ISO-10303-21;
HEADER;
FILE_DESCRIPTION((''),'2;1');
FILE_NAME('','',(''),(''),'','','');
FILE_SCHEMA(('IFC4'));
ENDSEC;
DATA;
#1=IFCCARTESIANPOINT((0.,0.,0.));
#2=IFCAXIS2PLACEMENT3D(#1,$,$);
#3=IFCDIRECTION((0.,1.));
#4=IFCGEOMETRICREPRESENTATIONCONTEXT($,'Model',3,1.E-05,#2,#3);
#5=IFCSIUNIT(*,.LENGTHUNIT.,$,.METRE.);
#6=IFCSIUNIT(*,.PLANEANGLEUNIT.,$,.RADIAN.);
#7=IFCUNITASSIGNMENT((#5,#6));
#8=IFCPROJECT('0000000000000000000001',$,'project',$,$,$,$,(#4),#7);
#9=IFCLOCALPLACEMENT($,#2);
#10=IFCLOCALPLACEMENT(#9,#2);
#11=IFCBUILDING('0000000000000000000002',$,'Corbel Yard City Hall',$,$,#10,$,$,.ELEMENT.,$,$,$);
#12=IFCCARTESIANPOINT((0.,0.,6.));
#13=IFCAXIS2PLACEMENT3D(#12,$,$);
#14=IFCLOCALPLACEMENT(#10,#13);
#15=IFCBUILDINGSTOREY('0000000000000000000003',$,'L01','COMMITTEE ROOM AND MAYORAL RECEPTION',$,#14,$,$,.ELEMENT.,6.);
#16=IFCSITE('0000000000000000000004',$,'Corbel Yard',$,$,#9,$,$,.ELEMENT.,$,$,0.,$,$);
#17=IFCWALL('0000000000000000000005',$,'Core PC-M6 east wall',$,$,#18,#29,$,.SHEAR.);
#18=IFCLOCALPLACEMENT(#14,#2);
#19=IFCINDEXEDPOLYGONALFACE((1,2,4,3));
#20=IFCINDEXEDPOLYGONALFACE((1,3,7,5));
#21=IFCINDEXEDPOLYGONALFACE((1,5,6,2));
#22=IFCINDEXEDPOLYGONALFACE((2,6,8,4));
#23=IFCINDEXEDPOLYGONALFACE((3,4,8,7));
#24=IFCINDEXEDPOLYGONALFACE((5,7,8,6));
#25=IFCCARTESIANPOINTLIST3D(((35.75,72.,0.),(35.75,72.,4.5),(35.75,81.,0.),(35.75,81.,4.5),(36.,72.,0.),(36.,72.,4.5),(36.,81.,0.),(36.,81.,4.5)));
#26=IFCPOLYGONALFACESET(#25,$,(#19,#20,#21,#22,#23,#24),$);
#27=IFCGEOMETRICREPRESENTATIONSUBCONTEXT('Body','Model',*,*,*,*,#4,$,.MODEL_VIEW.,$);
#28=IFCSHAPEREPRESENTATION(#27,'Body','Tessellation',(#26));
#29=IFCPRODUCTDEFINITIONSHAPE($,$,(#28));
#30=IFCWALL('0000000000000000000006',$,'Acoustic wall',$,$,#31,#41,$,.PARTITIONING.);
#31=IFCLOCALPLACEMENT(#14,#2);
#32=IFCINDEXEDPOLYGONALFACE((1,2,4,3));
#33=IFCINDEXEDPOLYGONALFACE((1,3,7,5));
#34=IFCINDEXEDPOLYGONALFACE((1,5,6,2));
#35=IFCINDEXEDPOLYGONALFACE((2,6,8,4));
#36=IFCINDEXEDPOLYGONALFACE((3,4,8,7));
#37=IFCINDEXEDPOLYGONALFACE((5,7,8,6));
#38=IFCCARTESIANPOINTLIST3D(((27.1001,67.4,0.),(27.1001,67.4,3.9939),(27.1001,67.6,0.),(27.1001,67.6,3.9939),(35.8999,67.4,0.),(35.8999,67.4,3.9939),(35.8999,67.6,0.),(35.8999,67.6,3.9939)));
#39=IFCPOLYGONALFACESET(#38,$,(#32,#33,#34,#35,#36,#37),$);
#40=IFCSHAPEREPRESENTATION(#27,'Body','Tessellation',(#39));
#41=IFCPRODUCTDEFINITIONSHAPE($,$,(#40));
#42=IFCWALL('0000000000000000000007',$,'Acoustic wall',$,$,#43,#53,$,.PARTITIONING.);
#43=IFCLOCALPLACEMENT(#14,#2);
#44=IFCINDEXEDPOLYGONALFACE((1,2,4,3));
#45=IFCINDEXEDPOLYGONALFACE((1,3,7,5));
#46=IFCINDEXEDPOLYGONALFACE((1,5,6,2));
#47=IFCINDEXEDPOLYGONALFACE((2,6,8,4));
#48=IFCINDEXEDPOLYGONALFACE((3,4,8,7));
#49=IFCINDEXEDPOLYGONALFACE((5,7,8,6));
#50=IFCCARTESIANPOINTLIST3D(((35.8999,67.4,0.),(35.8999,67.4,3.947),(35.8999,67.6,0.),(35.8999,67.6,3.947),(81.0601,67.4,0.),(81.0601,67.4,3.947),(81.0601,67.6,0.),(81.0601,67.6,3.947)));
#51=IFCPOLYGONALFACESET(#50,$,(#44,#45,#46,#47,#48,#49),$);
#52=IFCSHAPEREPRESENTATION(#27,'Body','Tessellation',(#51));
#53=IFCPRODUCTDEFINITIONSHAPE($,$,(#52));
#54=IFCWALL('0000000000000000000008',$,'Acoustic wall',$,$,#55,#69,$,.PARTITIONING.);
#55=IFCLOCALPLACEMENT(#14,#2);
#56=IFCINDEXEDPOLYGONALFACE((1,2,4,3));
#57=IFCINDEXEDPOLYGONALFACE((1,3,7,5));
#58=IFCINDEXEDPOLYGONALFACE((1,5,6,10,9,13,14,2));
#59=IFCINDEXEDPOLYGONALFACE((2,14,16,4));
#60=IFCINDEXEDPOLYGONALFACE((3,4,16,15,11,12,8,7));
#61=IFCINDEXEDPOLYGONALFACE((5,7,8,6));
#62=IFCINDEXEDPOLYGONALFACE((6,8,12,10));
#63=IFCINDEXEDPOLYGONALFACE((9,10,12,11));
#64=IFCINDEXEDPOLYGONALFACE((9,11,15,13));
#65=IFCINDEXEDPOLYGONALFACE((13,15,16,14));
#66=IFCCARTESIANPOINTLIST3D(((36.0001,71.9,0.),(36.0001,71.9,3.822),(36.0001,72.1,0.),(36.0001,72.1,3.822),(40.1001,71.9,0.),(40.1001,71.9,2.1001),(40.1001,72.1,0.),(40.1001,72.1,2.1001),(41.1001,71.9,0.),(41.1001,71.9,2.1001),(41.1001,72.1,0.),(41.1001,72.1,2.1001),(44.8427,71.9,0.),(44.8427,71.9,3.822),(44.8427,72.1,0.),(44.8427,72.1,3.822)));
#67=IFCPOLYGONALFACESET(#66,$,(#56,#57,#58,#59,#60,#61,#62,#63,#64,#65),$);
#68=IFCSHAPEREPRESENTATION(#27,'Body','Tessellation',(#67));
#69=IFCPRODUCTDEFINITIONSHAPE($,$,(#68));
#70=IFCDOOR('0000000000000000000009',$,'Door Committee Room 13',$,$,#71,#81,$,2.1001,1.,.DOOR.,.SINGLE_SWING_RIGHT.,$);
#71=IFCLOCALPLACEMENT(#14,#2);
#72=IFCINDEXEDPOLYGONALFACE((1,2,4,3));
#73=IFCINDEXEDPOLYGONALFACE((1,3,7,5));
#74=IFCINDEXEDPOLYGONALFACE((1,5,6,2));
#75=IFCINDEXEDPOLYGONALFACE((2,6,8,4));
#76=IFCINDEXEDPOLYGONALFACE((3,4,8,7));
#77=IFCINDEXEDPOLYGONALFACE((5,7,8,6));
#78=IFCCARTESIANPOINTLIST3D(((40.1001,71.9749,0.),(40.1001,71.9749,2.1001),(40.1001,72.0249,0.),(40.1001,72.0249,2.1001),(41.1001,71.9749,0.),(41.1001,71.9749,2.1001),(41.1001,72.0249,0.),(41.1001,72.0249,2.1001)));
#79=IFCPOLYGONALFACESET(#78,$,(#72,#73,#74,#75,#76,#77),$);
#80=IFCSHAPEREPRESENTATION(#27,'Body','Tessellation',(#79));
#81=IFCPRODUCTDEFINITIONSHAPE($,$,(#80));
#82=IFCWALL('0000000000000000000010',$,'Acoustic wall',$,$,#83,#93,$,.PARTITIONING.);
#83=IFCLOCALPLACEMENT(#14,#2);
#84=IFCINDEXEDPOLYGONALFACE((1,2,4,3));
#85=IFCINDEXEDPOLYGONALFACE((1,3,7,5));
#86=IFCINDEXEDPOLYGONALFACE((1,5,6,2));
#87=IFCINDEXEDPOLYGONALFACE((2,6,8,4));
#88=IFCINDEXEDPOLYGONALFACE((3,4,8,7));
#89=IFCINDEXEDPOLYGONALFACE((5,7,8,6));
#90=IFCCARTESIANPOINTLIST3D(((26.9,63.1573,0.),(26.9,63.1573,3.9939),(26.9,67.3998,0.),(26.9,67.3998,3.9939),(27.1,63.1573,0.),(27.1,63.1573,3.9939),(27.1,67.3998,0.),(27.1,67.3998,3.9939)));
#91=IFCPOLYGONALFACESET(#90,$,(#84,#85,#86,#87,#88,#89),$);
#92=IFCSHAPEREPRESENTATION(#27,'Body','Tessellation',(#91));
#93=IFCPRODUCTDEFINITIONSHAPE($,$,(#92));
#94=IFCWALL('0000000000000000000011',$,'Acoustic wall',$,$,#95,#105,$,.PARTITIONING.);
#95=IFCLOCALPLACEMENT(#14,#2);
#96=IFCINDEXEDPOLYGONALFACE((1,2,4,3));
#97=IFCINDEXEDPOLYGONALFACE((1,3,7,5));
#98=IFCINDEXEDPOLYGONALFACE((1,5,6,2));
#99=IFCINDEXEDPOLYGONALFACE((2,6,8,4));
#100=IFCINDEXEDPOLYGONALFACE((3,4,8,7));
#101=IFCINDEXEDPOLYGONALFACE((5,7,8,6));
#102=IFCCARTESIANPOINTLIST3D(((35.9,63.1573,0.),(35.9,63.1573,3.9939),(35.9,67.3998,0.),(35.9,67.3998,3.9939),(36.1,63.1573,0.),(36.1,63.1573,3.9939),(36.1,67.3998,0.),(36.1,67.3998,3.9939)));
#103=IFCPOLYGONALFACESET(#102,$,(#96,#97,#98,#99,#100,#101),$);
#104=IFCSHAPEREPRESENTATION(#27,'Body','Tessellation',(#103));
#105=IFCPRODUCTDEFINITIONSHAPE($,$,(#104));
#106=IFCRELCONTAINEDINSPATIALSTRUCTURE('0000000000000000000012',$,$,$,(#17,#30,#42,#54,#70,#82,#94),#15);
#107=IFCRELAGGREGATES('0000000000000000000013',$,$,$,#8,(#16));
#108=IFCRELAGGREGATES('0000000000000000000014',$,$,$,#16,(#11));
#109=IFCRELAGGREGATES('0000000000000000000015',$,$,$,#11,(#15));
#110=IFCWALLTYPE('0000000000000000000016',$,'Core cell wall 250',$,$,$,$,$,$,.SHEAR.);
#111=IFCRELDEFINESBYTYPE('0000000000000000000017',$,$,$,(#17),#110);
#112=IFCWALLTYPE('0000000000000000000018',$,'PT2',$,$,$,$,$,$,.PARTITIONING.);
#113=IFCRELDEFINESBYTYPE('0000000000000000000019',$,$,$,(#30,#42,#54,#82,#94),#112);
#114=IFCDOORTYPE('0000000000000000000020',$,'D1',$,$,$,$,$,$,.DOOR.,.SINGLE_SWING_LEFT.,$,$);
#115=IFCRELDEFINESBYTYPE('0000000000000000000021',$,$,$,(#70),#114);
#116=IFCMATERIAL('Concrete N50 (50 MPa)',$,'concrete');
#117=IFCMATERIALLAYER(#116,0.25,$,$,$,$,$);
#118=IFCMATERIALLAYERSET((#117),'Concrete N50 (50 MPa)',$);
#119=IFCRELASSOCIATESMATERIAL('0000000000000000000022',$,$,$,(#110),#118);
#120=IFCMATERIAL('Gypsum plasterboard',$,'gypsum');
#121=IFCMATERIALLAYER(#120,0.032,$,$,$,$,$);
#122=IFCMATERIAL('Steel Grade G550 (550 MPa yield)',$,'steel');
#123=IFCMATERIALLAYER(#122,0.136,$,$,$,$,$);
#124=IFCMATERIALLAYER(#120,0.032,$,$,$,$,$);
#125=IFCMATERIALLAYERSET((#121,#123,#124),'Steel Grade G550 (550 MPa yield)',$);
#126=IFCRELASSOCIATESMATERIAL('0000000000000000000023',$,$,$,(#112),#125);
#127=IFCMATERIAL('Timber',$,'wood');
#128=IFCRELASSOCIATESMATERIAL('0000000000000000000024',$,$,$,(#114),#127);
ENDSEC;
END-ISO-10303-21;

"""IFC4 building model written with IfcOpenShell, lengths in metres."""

from ifc_helpers import new_model, si_unit, direction, frame, frame_2d, origin, place, context, subcontext, project, spatial, rectangle, extrude, material, layer, layer_set, type_object, element, fill, save


model = new_model("IFC4")

# Units and contexts
model_context = context("Model", 3, precision=1e-05, world=origin(), true_north=direction((0.0, 1.0)))
body_context = subcontext(model_context, "Body", "Model", "MODEL_VIEW")
ifc_project = project(units=[si_unit("LENGTHUNIT", "METRE"), si_unit("PLANEANGLEUNIT", "RADIAN")], contexts=[model_context])

# Site, building, storey
site_placement = place(None, origin())
site = spatial("IfcSite", under=ifc_project, at=site_placement, Name="Corbel Yard", CompositionType="ELEMENT", RefElevation=0.0)
building_placement = place(site_placement, origin())
building = spatial("IfcBuilding", under=site, at=building_placement, Name="Corbel Yard City Hall", CompositionType="ELEMENT")
storey_placement = place(building_placement, frame((0.0, 0.0, 6.0)))
storey = spatial("IfcBuildingStorey", under=building, at=storey_placement, Name="L01", Description="COMMITTEE ROOM AND MAYORAL RECEPTION", CompositionType="ELEMENT", Elevation=6.0)

# Walls
ifc_material_1 = material(Name="Concrete N50 (50 MPa)", Category="concrete")
ifc_layer_1 = layer(ifc_material_1, 0.25)
ifc_layer_set_1 = layer_set([ifc_layer_1], Name="Concrete N50 (50 MPa)")
wall_type_1 = type_object("IfcWallType", Name="Core cell wall 250", PredefinedType="SHEAR", material=ifc_layer_set_1)
for number, where, z_axis, x_axis, name in (
    (1, (35.875, 72.0, 0.0), (0.0, 0.0, 1.0), (0.0, 1.0, 0.0), "Core PC-M6 east wall"),
):
    element("IfcWall", number, at=place(storey_placement, frame(where, z_axis=z_axis, x_axis=x_axis)), inside=storey, type_object=wall_type_1, Name=name, PredefinedType="SHEAR", context=body_context, shape_type="SweptSolid", body=[
        extrude(rectangle(XDim=9.0, YDim=0.25, at=frame_2d((4.5, 0.0))), origin(), (0.0, 0.0, 1.0), 4.5),
    ])
ifc_material_2 = material(Name="Gypsum plasterboard", Category="gypsum")
ifc_layer_2 = layer(ifc_material_2, 0.032)
ifc_material_3 = material(Name="Steel Grade G550 (550 MPa yield)", Category="steel")
ifc_layer_3 = layer(ifc_material_3, 0.136)
ifc_layer_4 = layer(ifc_material_2, 0.032)
ifc_layer_set_2 = layer_set([ifc_layer_2, ifc_layer_3, ifc_layer_4], Name="Steel Grade G550 (550 MPa yield)")
wall_type_2 = type_object("IfcWallType", Name="PT2", PredefinedType="PARTITIONING", material=ifc_layer_set_2)
wall_1_placement = place(storey_placement, frame((27.1001, 67.5, 0.0), z_axis=(0.0, 0.0, 1.0), x_axis=(1.0, 0.0, 0.0)))
element("IfcWall", 2, at=wall_1_placement, inside=storey, type_object=wall_type_2, Name="Acoustic wall", PredefinedType="PARTITIONING", context=body_context, shape_type="SweptSolid", body=[
    extrude(rectangle(XDim=8.7998, YDim=0.2, at=frame_2d((4.3999, 0.0))), origin(), (0.0, 0.0, 1.0), 3.9939),
])
wall_2_placement = place(storey_placement, frame((35.8999, 67.5, 0.0), z_axis=(0.0, 0.0, 1.0), x_axis=(1.0, 0.0, 0.0)))
element("IfcWall", 3, at=wall_2_placement, inside=storey, type_object=wall_type_2, Name="Acoustic wall", PredefinedType="PARTITIONING", context=body_context, shape_type="SweptSolid", body=[
    extrude(rectangle(XDim=45.1602, YDim=0.2, at=frame_2d((22.5801, 0.0))), origin(), (0.0, 0.0, 1.0), 3.947),
])

# Wall, opening, door
wall_3_placement = place(storey_placement, frame((36.0, 72.0, 0.0), z_axis=(0.0, 0.0, 1.0), x_axis=(1.0, 0.0, 0.0)))
wall_3 = element("IfcWall", 4, at=wall_3_placement, inside=storey, type_object=wall_type_2, Name="Acoustic wall", PredefinedType="PARTITIONING", context=body_context, shape_type="SweptSolid", body=[
    extrude(rectangle(XDim=8.8425, YDim=0.2, at=frame_2d((4.4214, 0.0))), origin(), (0.0, 0.0, 1.0), 3.822),
])
opening_placement = place(wall_3_placement, frame((4.1001, 0.0, 0.0)))
opening = element("IfcOpeningElement", 5, at=opening_placement, cuts=wall_3, PredefinedType="OPENING", context=body_context, shape_type="SweptSolid", body=[
    extrude(rectangle(XDim=1.0, YDim=2.1001, at=frame_2d((0.5, 1.05))), frame((0.0, 0.1099, 0.0), z_axis=(0.0, -1.0, 0.0), x_axis=(1.0, 0.0, 0.0)), (0.0, 0.0, 1.0), 0.22),
])
ifc_material_4 = material(Name="Timber", Category="wood")
door_type = type_object("IfcDoorType", Name="D1", OperationType="SINGLE_SWING_LEFT", PredefinedType="DOOR", material=ifc_material_4)
door_placement = place(opening_placement, origin())
door = element("IfcDoor", 6, at=door_placement, inside=storey, type_object=door_type, Name="Door Committee Room 13", OperationType="SINGLE_SWING_RIGHT", OverallHeight=2.1001, OverallWidth=1.0, PredefinedType="DOOR", context=body_context, shape_type="SweptSolid", body=[
    extrude(rectangle(XDim=1.0, YDim=2.1001, at=frame_2d((0.5, 1.05))), frame((0.0, 0.0249, 0.0), z_axis=(0.0, -1.0, 0.0), x_axis=(1.0, 0.0, 0.0)), (0.0, 0.0, 1.0), 0.05),
])
fill(opening, door)

# Walls
for number, where, z_axis, x_axis, name in (
    (7, (27.0, 63.1575, 0.0), (0.0, 0.0, 1.0), (0.0, 1.0, 0.0), "Acoustic wall"),
    (8, (36.0, 63.1575, 0.0), (0.0, 0.0, 1.0), (0.0, 1.0, 0.0), "Acoustic wall"),
):
    element("IfcWall", number, at=place(storey_placement, frame(where, z_axis=z_axis, x_axis=x_axis)), inside=storey, type_object=wall_type_2, Name=name, PredefinedType="PARTITIONING", context=body_context, shape_type="SweptSolid", body=[
        extrude(rectangle(XDim=4.2424, YDim=0.2, at=frame_2d((2.1211, 0.0))), origin(), (0.0, 0.0, 1.0), 3.9939),
    ])

save(model, "model.ifc")
